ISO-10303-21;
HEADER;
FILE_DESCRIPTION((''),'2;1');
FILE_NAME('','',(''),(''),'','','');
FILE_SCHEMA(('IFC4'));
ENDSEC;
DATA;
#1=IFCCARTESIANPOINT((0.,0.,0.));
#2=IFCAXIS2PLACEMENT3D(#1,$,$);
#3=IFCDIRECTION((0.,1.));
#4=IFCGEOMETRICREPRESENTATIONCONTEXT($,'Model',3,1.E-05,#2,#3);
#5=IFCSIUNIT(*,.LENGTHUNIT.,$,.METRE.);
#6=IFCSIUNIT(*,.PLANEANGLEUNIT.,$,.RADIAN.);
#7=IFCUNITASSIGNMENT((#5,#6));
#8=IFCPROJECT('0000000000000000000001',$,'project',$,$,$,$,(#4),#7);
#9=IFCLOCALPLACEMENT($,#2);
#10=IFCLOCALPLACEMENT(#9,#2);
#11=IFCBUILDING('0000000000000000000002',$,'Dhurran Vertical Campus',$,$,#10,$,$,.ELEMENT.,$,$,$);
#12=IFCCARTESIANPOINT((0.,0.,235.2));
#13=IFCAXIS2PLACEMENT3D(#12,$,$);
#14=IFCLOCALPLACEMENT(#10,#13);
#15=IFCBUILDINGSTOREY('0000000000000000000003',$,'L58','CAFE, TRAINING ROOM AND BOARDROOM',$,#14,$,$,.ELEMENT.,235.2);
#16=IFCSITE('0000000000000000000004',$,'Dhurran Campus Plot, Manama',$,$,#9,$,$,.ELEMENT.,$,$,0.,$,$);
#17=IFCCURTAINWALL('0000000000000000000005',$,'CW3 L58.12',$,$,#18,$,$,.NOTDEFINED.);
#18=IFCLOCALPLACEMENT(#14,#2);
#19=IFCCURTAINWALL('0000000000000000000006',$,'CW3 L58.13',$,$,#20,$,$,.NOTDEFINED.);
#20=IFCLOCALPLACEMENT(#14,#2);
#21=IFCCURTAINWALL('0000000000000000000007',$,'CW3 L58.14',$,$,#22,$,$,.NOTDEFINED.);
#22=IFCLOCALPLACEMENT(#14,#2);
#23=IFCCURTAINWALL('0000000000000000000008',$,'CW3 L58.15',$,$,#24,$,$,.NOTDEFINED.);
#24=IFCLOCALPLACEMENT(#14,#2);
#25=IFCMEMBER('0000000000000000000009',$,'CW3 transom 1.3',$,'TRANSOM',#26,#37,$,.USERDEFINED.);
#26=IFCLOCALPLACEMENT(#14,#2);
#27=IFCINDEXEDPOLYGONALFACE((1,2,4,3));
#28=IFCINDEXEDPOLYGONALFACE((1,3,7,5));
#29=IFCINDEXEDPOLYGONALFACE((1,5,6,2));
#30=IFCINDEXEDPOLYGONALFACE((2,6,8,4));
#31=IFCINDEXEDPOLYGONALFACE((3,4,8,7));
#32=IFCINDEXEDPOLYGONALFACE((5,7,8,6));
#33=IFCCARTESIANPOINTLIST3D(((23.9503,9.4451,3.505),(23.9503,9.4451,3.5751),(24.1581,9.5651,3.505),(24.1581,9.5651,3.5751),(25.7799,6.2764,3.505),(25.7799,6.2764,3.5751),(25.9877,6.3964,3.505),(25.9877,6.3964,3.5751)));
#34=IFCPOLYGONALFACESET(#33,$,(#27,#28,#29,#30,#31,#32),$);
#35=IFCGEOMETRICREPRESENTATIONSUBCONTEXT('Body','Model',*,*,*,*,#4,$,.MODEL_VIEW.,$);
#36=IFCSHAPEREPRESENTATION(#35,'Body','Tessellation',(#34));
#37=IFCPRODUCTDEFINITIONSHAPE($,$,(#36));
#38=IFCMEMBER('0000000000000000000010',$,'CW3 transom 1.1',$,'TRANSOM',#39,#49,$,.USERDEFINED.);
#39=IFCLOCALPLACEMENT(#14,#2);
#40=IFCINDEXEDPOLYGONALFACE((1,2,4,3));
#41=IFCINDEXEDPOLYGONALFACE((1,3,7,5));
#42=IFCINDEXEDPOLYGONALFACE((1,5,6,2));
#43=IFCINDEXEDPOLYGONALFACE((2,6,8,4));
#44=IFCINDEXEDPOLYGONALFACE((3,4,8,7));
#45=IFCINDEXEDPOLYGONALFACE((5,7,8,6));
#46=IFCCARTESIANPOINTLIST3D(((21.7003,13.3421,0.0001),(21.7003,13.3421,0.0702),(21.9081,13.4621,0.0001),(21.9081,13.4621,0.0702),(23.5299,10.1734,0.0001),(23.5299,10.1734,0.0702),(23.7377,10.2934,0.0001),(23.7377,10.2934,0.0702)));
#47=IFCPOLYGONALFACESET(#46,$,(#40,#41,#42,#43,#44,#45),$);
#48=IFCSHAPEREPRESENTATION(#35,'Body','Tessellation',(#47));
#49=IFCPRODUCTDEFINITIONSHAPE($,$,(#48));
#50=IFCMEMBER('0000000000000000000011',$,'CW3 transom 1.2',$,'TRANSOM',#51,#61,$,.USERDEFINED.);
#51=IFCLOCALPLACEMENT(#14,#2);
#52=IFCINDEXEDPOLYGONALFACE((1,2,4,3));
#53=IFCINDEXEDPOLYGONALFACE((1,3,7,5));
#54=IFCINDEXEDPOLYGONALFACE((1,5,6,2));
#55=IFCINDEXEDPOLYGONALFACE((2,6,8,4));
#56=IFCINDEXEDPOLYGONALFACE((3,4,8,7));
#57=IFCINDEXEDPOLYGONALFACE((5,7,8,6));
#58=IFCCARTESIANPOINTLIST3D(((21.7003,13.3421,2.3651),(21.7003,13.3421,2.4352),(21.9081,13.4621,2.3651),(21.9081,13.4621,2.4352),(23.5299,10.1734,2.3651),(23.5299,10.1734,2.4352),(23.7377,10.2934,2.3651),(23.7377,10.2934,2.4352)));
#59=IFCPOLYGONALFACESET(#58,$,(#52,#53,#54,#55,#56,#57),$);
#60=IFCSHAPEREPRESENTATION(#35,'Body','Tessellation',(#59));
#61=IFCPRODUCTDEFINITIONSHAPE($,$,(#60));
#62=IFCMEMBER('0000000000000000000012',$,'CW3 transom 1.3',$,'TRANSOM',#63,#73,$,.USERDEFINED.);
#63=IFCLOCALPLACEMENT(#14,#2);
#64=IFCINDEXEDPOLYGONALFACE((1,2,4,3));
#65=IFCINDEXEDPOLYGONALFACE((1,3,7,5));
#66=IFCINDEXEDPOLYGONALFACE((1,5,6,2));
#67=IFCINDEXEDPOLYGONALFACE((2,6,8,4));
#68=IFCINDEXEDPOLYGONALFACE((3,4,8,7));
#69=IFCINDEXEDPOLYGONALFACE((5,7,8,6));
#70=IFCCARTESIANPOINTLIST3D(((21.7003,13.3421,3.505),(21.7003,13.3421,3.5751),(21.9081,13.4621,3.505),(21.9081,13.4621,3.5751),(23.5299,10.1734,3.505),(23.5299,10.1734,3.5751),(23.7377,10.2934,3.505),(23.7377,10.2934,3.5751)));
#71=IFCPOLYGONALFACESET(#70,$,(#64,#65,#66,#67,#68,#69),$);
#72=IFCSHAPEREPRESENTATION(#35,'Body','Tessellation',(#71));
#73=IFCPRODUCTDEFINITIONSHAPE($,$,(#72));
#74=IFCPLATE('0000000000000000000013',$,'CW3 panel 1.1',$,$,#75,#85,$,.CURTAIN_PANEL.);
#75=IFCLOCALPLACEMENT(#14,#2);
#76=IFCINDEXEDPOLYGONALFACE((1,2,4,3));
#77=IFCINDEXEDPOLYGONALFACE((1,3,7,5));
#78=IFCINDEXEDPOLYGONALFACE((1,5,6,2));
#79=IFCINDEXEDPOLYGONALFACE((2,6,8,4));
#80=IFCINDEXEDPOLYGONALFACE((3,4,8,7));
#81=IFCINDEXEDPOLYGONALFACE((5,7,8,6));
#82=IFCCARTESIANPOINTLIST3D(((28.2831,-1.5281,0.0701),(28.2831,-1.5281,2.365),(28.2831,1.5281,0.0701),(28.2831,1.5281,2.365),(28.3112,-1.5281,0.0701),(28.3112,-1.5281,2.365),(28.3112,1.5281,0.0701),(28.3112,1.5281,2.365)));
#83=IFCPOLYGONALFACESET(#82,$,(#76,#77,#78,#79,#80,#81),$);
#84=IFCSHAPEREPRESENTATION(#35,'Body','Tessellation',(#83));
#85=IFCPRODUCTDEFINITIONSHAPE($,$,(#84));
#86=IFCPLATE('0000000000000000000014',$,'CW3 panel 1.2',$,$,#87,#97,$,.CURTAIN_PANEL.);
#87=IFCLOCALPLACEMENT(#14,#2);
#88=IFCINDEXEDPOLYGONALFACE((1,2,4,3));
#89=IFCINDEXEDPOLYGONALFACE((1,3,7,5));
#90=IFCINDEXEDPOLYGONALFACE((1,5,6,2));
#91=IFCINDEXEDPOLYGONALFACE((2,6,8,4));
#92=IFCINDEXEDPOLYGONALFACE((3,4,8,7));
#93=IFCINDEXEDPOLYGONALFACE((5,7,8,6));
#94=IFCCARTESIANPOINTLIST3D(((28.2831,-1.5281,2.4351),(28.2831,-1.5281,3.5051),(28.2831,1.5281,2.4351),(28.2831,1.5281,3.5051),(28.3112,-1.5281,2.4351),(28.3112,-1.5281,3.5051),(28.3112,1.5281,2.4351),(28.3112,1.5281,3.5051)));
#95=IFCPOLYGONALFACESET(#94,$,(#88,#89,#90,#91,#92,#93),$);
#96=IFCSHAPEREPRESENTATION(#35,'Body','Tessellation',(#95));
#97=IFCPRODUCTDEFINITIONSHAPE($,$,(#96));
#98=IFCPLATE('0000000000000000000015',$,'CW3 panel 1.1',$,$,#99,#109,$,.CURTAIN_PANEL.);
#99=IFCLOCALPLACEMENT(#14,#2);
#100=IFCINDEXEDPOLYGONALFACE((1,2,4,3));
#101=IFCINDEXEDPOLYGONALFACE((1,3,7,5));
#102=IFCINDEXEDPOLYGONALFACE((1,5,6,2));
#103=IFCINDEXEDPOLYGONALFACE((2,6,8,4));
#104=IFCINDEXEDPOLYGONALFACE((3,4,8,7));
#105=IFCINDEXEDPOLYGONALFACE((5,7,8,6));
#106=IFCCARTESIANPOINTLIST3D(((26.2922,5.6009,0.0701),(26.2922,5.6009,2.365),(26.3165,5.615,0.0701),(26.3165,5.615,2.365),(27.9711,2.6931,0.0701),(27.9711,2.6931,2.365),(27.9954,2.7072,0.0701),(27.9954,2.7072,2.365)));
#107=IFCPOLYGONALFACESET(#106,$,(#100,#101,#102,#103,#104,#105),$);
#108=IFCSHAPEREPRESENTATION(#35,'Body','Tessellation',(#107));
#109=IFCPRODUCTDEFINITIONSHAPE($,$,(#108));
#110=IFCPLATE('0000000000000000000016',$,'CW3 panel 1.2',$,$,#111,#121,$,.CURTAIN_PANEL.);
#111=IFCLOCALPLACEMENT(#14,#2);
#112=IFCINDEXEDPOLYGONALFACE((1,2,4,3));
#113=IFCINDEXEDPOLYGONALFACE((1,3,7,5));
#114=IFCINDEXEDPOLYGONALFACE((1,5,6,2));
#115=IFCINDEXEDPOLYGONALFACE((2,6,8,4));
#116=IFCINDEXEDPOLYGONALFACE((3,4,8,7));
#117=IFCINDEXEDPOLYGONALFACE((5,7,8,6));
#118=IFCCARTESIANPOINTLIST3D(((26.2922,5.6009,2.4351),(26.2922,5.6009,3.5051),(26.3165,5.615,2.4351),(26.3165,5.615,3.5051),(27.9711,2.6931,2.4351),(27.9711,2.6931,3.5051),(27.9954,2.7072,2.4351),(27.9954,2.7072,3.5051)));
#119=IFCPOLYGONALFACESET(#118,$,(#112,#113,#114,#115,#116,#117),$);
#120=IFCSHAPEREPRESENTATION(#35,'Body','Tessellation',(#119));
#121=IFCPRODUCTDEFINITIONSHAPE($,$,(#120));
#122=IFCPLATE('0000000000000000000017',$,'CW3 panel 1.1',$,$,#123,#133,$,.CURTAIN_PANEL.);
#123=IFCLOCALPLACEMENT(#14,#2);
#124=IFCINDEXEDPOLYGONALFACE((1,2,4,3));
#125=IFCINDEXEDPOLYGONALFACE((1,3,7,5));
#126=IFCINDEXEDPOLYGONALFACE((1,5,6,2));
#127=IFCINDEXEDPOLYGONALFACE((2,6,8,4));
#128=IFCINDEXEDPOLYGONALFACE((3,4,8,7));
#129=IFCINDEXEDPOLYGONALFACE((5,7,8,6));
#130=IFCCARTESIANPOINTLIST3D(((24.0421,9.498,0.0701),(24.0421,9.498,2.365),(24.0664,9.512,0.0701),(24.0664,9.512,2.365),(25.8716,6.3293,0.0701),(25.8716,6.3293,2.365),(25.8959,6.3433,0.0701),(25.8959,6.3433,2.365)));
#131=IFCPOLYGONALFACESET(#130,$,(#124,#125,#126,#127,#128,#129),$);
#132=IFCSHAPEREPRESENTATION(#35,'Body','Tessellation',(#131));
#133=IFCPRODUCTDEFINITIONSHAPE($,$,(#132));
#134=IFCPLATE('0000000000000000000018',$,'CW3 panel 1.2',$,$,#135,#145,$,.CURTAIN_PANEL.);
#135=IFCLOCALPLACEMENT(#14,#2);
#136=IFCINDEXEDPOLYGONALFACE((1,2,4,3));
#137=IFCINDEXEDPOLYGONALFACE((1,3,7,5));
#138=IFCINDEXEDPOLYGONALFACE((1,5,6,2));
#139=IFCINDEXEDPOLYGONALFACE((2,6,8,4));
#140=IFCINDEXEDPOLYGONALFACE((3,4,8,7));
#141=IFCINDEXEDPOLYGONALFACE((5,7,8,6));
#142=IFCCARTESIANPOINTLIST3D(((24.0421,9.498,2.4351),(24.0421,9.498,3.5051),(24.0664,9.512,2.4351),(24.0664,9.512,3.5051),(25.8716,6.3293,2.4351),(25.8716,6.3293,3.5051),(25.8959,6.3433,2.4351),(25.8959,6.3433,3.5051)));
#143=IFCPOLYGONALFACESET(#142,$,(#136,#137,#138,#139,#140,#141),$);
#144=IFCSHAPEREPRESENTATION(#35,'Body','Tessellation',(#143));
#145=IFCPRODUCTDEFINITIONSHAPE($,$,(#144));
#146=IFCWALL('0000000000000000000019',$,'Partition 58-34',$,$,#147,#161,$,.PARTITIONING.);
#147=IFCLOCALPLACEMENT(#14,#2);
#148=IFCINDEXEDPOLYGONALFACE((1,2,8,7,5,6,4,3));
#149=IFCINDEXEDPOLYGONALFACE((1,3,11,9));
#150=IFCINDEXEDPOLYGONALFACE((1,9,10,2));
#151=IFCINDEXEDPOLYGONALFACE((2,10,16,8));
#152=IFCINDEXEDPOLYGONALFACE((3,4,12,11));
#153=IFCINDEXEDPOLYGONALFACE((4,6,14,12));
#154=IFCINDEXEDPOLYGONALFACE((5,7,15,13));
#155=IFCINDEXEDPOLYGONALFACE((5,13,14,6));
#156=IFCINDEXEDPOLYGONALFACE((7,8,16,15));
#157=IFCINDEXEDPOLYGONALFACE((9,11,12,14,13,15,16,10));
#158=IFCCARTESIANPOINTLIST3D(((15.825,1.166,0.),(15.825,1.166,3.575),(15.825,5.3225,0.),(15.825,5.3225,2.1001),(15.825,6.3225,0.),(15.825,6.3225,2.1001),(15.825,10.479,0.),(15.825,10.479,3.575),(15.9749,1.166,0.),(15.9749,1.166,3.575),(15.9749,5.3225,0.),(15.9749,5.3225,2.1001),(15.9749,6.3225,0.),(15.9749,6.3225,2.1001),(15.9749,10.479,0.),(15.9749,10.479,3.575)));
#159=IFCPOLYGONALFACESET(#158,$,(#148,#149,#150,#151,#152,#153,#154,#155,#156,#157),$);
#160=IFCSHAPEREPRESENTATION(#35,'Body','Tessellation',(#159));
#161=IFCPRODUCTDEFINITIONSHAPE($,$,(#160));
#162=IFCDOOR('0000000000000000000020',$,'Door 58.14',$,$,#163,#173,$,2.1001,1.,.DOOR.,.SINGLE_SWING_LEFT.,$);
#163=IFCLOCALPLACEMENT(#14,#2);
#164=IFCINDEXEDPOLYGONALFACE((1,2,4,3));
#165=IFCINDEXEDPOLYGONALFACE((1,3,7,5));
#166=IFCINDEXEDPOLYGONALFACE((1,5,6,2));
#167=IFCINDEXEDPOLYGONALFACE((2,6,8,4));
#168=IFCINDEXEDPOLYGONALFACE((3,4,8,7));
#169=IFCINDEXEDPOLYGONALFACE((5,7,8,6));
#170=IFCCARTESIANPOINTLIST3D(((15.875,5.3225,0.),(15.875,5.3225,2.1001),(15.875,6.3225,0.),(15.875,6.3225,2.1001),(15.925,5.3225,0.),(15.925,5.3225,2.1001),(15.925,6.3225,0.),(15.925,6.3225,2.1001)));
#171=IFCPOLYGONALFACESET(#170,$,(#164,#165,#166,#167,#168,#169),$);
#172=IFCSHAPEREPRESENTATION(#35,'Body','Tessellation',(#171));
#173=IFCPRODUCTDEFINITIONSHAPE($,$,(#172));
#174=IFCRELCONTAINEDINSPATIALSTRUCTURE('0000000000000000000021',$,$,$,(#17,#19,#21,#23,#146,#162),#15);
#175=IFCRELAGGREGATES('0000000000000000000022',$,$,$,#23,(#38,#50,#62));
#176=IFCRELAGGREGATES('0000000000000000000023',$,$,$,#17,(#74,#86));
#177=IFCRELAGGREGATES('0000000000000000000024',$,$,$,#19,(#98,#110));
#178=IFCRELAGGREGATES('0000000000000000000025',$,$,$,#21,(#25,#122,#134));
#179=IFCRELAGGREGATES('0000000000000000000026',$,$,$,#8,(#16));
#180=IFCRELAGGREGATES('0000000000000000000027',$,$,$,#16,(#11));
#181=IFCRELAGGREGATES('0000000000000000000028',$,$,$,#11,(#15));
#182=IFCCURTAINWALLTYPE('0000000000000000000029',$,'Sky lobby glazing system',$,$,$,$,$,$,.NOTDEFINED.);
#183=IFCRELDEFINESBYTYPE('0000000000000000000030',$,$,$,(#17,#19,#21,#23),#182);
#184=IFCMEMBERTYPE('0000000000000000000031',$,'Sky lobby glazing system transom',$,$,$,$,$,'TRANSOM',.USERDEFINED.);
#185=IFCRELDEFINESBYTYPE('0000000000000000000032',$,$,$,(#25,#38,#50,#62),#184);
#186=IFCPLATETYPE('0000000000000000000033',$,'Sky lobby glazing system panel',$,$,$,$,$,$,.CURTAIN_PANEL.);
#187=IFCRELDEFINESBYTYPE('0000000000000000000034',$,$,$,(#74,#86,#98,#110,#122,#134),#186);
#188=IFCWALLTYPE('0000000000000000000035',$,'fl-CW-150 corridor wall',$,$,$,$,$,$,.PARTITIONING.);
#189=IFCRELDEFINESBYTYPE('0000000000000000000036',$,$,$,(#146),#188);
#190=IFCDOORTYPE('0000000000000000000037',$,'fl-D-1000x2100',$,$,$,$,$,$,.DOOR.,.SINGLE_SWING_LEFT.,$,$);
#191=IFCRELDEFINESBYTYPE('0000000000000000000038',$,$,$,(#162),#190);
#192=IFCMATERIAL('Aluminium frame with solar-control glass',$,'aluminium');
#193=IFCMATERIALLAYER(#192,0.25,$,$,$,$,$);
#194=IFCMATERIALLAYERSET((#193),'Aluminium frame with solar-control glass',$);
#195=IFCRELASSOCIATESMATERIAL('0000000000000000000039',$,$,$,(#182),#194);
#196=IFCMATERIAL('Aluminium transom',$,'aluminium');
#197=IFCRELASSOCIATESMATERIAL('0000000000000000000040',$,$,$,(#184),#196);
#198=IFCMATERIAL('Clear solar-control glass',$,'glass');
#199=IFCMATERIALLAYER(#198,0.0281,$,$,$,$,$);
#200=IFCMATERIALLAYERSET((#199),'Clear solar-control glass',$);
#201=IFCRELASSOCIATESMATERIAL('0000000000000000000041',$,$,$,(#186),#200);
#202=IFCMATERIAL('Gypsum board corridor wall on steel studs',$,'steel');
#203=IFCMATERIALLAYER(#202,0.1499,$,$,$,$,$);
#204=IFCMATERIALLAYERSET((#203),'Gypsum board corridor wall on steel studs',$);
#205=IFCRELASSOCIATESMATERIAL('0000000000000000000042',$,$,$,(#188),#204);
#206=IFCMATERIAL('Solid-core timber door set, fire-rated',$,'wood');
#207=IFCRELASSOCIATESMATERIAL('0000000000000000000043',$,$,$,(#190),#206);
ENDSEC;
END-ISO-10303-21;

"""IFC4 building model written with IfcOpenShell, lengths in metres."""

from ifc_helpers import new_model, si_unit, direction, frame, frame_2d, origin, origin_2d, place, context, subcontext, project, spatial, rectangle, extrude, material, layer, layer_set, material_profile, profile_set, type_object, element, fill, aggregate, save


model = new_model("IFC4")

# Units and contexts
model_context = context("Model", 3, precision=1e-05, world=origin(), true_north=direction((0.0, 1.0)))
body_context = subcontext(model_context, "Body", "Model", "MODEL_VIEW")
ifc_project = project(units=[si_unit("LENGTHUNIT", "METRE"), si_unit("PLANEANGLEUNIT", "RADIAN")], contexts=[model_context])

# Site, building, storey
site_placement = place(None, origin())
site = spatial("IfcSite", under=ifc_project, at=site_placement, Name="Dhurran Campus Plot, Manama", CompositionType="ELEMENT", RefElevation=0.0)
building_placement = place(site_placement, origin())
building = spatial("IfcBuilding", under=site, at=building_placement, Name="Dhurran Vertical Campus", CompositionType="ELEMENT")
storey_placement = place(building_placement, frame((0.0, 0.0, 235.2)))
storey = spatial("IfcBuildingStorey", under=building, at=storey_placement, Name="L58", Description="CAFE, TRAINING ROOM AND BOARDROOM", CompositionType="ELEMENT", Elevation=235.2)

# Curtain wall
ifc_material_1 = material(Name="Aluminium frame with solar-control glass", Category="aluminium")
ifc_layer_1 = layer(ifc_material_1, 0.25)
ifc_layer_set_1 = layer_set([ifc_layer_1], Name="Aluminium frame with solar-control glass")
curtain_wall_type = type_object("IfcCurtainWallType", Name="Sky lobby glazing system", PredefinedType="NOTDEFINED", material=ifc_layer_set_1)
curtain_wall_1_placement = place(storey_placement, origin())
curtain_wall_1 = element("IfcCurtainWall", 1, at=curtain_wall_1_placement, inside=storey, type_object=curtain_wall_type, Name="CW3 L58.12", PredefinedType="NOTDEFINED")

# Curtain walls
curtain_wall_2_placement = place(storey_placement, origin())
curtain_wall_2 = element("IfcCurtainWall", 2, at=curtain_wall_2_placement, inside=storey, type_object=curtain_wall_type, Name="CW3 L58.13", PredefinedType="NOTDEFINED")
curtain_wall_3_placement = place(storey_placement, origin())
curtain_wall_3 = element("IfcCurtainWall", 3, at=curtain_wall_3_placement, inside=storey, type_object=curtain_wall_type, Name="CW3 L58.14", PredefinedType="NOTDEFINED")

# Curtain wall
curtain_wall_4_placement = place(storey_placement, origin())
curtain_wall_4 = element("IfcCurtainWall", 4, at=curtain_wall_4_placement, inside=storey, type_object=curtain_wall_type, Name="CW3 L58.15", PredefinedType="NOTDEFINED")

# Members
ifc_material_2 = material(Name="Aluminium transom", Category="aluminium")
ifc_material_profile_1 = material_profile(ifc_material_2, rectangle(XDim=0.24, YDim=0.0701, at=origin_2d()), Name="Sky lobby glazing system transom")
ifc_profile_set_1 = profile_set([ifc_material_profile_1], Name="Aluminium transom")
member_type_1 = type_object("IfcMemberType", Name="Sky lobby glazing system transom", ElementType="TRANSOM", PredefinedType="USERDEFINED", material=ifc_profile_set_1)
member_1_placement = place(storey_placement, frame((25.8838, 6.3364, 3.54), z_axis=(-0.500029, 0.866009, 0.0), x_axis=(-0.866009, -0.500029, 0.0)))
member_1 = element("IfcMember", 5, at=member_1_placement, type_object=member_type_1, Name="CW3 transom 1.3", ObjectType="TRANSOM", PredefinedType="USERDEFINED", context=body_context, shape_type="SweptSolid", body=[
    extrude(rectangle(XDim=0.24, YDim=0.0701, at=origin_2d()), origin(), (0.0, 0.0, 1.0), 3.6589),
])
member_2_placement = place(storey_placement, frame((23.6338, 10.2334, 0.0352), z_axis=(-0.500029, 0.866009, 0.0), x_axis=(-0.866009, -0.500029, 0.0)))
member_2 = element("IfcMember", 6, at=member_2_placement, type_object=member_type_1, Name="CW3 transom 1.1", ObjectType="TRANSOM", PredefinedType="USERDEFINED", context=body_context, shape_type="SweptSolid", body=[
    extrude(rectangle(XDim=0.24, YDim=0.0701, at=origin_2d()), origin(), (0.0, 0.0, 1.0), 3.6589),
])
member_3_placement = place(storey_placement, frame((23.6338, 10.2334, 2.4001), z_axis=(-0.500029, 0.866009, 0.0), x_axis=(-0.866009, -0.500029, 0.0)))
member_3 = element("IfcMember", 7, at=member_3_placement, type_object=member_type_1, Name="CW3 transom 1.2", ObjectType="TRANSOM", PredefinedType="USERDEFINED", context=body_context, shape_type="SweptSolid", body=[
    extrude(rectangle(XDim=0.24, YDim=0.0701, at=origin_2d()), origin(), (0.0, 0.0, 1.0), 3.6589),
])
member_4_placement = place(storey_placement, frame((23.6338, 10.2334, 3.54), z_axis=(-0.500029, 0.866009, 0.0), x_axis=(-0.866009, -0.500029, 0.0)))
member_4 = element("IfcMember", 8, at=member_4_placement, type_object=member_type_1, Name="CW3 transom 1.3", ObjectType="TRANSOM", PredefinedType="USERDEFINED", context=body_context, shape_type="SweptSolid", body=[
    extrude(rectangle(XDim=0.24, YDim=0.0701, at=origin_2d()), origin(), (0.0, 0.0, 1.0), 3.6589),
])
aggregate(curtain_wall_4, [member_2, member_3, member_4])

# Plates
ifc_material_3 = material(Name="Clear solar-control glass", Category="glass")
ifc_layer_2 = layer(ifc_material_3, 0.0281)
ifc_layer_set_2 = layer_set([ifc_layer_2], Name="Clear solar-control glass")
plate_type = type_object("IfcPlateType", Name="Sky lobby glazing system panel", PredefinedType="CURTAIN_PANEL", material=ifc_layer_set_2)
plate_1_placement = place(storey_placement, frame((28.2971, 0.0, 0.0701), z_axis=(0.0, 0.0, 1.0), x_axis=(0.0, 1.0, 0.0)))
plate_1 = element("IfcPlate", 9, at=plate_1_placement, type_object=plate_type, Name="CW3 panel 1.1", PredefinedType="CURTAIN_PANEL", context=body_context, shape_type="SweptSolid", body=[
    extrude(rectangle(XDim=3.0562, YDim=0.0281, at=origin_2d()), origin(), (0.0, 0.0, 1.0), 2.2949),
])
plate_2_placement = place(storey_placement, frame((28.2971, 0.0, 2.4351), z_axis=(0.0, 0.0, 1.0), x_axis=(0.0, 1.0, 0.0)))
plate_2 = element("IfcPlate", 10, at=plate_2_placement, type_object=plate_type, Name="CW3 panel 1.2", PredefinedType="CURTAIN_PANEL", context=body_context, shape_type="SweptSolid", body=[
    extrude(rectangle(XDim=3.0562, YDim=0.0281, at=origin_2d()), origin(), (0.0, 0.0, 1.0), 1.0701),
])
aggregate(curtain_wall_1, [plate_1, plate_2])
plate_3_placement = place(storey_placement, frame((27.1438, 4.1541, 0.0701), z_axis=(0.0, 0.0, 1.0), x_axis=(-0.500001, 0.866025, 0.0)))
plate_3 = element("IfcPlate", 11, at=plate_3_placement, type_object=plate_type, Name="CW3 panel 1.1", PredefinedType="CURTAIN_PANEL", context=body_context, shape_type="SweptSolid", body=[
    extrude(rectangle(XDim=3.3577, YDim=0.0281, at=origin_2d()), origin(), (0.0, 0.0, 1.0), 2.2949),
])
plate_4_placement = place(storey_placement, frame((27.1438, 4.1541, 2.4351), z_axis=(0.0, 0.0, 1.0), x_axis=(-0.500001, 0.866025, 0.0)))
plate_4 = element("IfcPlate", 12, at=plate_4_placement, type_object=plate_type, Name="CW3 panel 1.2", PredefinedType="CURTAIN_PANEL", context=body_context, shape_type="SweptSolid", body=[
    extrude(rectangle(XDim=3.3577, YDim=0.0281, at=origin_2d()), origin(), (0.0, 0.0, 1.0), 1.0701),
])
aggregate(curtain_wall_2, [plate_3, plate_4])
plate_5_placement = place(storey_placement, frame((24.969, 7.9207, 0.0701), z_axis=(0.0, 0.0, 1.0), x_axis=(-0.500003, 0.866023, 0.0)))
plate_5 = element("IfcPlate", 13, at=plate_5_placement, type_object=plate_type, Name="CW3 panel 1.1", PredefinedType="CURTAIN_PANEL", context=body_context, shape_type="SweptSolid", body=[
    extrude(rectangle(XDim=3.6589, YDim=0.0281, at=origin_2d()), origin(), (0.0, 0.0, 1.0), 2.2949),
])
plate_6_placement = place(storey_placement, frame((24.969, 7.9207, 2.4351), z_axis=(0.0, 0.0, 1.0), x_axis=(-0.500003, 0.866023, 0.0)))
plate_6 = element("IfcPlate", 14, at=plate_6_placement, type_object=plate_type, Name="CW3 panel 1.2", PredefinedType="CURTAIN_PANEL", context=body_context, shape_type="SweptSolid", body=[
    extrude(rectangle(XDim=3.6589, YDim=0.0281, at=origin_2d()), origin(), (0.0, 0.0, 1.0), 1.0701),
])
aggregate(curtain_wall_3, [member_1, plate_5, plate_6])

# Wall, opening, door
ifc_material_4 = material(Name="Gypsum board corridor wall on steel studs", Category="steel")
ifc_layer_3 = layer(ifc_material_4, 0.1499)
ifc_layer_set_3 = layer_set([ifc_layer_3], Name="Gypsum board corridor wall on steel studs")
wall_type_1 = type_object("IfcWallType", Name="fl-CW-150 corridor wall", PredefinedType="PARTITIONING", material=ifc_layer_set_3)
wall_1_placement = place(storey_placement, frame((15.8999, 1.166, 0.0), z_axis=(0.0, 0.0, 1.0), x_axis=(0.0, 1.0, 0.0)))
wall_1 = element("IfcWall", 15, at=wall_1_placement, inside=storey, type_object=wall_type_1, Name="Partition 58-34", PredefinedType="PARTITIONING", context=body_context, shape_type="SweptSolid", body=[
    extrude(rectangle(XDim=9.313, YDim=0.1499, at=frame_2d((4.6565, 0.0))), origin(), (0.0, 0.0, 1.0), 3.575),
])
opening_1_placement = place(wall_1_placement, frame((4.1565, 0.0, 0.0)))
opening_1 = element("IfcOpeningElement", 16, at=opening_1_placement, cuts=wall_1, PredefinedType="OPENING", context=body_context, shape_type="SweptSolid", body=[
    extrude(rectangle(XDim=1.0, YDim=2.1001, at=frame_2d((0.5, 1.05))), frame((0.0, 0.085, 0.0), z_axis=(0.0, -1.0, 0.0), x_axis=(1.0, 0.0, 0.0)), (0.0, 0.0, 1.0), 0.1699),
])
ifc_material_5 = material(Name="Solid-core timber door set, fire-rated", Category="wood")
door_type = type_object("IfcDoorType", Name="fl-D-1000x2100", OperationType="SINGLE_SWING_LEFT", PredefinedType="DOOR", material=ifc_material_5)
door_1_placement = place(opening_1_placement, origin())
door_1 = element("IfcDoor", 17, at=door_1_placement, inside=storey, type_object=door_type, Name="Door 58.14", OperationType="SINGLE_SWING_LEFT", OverallHeight=2.1001, OverallWidth=1.0, PredefinedType="DOOR", context=body_context, shape_type="SweptSolid", body=[
    extrude(rectangle(XDim=1.0, YDim=2.1001, at=frame_2d((0.5, 1.05))), frame((0.0, 0.0249, 0.0), z_axis=(0.0, -1.0, 0.0), x_axis=(1.0, 0.0, 0.0)), (0.0, 0.0, 1.0), 0.05),
])
fill(opening_1, door_1)

save(model, "model.ifc")
